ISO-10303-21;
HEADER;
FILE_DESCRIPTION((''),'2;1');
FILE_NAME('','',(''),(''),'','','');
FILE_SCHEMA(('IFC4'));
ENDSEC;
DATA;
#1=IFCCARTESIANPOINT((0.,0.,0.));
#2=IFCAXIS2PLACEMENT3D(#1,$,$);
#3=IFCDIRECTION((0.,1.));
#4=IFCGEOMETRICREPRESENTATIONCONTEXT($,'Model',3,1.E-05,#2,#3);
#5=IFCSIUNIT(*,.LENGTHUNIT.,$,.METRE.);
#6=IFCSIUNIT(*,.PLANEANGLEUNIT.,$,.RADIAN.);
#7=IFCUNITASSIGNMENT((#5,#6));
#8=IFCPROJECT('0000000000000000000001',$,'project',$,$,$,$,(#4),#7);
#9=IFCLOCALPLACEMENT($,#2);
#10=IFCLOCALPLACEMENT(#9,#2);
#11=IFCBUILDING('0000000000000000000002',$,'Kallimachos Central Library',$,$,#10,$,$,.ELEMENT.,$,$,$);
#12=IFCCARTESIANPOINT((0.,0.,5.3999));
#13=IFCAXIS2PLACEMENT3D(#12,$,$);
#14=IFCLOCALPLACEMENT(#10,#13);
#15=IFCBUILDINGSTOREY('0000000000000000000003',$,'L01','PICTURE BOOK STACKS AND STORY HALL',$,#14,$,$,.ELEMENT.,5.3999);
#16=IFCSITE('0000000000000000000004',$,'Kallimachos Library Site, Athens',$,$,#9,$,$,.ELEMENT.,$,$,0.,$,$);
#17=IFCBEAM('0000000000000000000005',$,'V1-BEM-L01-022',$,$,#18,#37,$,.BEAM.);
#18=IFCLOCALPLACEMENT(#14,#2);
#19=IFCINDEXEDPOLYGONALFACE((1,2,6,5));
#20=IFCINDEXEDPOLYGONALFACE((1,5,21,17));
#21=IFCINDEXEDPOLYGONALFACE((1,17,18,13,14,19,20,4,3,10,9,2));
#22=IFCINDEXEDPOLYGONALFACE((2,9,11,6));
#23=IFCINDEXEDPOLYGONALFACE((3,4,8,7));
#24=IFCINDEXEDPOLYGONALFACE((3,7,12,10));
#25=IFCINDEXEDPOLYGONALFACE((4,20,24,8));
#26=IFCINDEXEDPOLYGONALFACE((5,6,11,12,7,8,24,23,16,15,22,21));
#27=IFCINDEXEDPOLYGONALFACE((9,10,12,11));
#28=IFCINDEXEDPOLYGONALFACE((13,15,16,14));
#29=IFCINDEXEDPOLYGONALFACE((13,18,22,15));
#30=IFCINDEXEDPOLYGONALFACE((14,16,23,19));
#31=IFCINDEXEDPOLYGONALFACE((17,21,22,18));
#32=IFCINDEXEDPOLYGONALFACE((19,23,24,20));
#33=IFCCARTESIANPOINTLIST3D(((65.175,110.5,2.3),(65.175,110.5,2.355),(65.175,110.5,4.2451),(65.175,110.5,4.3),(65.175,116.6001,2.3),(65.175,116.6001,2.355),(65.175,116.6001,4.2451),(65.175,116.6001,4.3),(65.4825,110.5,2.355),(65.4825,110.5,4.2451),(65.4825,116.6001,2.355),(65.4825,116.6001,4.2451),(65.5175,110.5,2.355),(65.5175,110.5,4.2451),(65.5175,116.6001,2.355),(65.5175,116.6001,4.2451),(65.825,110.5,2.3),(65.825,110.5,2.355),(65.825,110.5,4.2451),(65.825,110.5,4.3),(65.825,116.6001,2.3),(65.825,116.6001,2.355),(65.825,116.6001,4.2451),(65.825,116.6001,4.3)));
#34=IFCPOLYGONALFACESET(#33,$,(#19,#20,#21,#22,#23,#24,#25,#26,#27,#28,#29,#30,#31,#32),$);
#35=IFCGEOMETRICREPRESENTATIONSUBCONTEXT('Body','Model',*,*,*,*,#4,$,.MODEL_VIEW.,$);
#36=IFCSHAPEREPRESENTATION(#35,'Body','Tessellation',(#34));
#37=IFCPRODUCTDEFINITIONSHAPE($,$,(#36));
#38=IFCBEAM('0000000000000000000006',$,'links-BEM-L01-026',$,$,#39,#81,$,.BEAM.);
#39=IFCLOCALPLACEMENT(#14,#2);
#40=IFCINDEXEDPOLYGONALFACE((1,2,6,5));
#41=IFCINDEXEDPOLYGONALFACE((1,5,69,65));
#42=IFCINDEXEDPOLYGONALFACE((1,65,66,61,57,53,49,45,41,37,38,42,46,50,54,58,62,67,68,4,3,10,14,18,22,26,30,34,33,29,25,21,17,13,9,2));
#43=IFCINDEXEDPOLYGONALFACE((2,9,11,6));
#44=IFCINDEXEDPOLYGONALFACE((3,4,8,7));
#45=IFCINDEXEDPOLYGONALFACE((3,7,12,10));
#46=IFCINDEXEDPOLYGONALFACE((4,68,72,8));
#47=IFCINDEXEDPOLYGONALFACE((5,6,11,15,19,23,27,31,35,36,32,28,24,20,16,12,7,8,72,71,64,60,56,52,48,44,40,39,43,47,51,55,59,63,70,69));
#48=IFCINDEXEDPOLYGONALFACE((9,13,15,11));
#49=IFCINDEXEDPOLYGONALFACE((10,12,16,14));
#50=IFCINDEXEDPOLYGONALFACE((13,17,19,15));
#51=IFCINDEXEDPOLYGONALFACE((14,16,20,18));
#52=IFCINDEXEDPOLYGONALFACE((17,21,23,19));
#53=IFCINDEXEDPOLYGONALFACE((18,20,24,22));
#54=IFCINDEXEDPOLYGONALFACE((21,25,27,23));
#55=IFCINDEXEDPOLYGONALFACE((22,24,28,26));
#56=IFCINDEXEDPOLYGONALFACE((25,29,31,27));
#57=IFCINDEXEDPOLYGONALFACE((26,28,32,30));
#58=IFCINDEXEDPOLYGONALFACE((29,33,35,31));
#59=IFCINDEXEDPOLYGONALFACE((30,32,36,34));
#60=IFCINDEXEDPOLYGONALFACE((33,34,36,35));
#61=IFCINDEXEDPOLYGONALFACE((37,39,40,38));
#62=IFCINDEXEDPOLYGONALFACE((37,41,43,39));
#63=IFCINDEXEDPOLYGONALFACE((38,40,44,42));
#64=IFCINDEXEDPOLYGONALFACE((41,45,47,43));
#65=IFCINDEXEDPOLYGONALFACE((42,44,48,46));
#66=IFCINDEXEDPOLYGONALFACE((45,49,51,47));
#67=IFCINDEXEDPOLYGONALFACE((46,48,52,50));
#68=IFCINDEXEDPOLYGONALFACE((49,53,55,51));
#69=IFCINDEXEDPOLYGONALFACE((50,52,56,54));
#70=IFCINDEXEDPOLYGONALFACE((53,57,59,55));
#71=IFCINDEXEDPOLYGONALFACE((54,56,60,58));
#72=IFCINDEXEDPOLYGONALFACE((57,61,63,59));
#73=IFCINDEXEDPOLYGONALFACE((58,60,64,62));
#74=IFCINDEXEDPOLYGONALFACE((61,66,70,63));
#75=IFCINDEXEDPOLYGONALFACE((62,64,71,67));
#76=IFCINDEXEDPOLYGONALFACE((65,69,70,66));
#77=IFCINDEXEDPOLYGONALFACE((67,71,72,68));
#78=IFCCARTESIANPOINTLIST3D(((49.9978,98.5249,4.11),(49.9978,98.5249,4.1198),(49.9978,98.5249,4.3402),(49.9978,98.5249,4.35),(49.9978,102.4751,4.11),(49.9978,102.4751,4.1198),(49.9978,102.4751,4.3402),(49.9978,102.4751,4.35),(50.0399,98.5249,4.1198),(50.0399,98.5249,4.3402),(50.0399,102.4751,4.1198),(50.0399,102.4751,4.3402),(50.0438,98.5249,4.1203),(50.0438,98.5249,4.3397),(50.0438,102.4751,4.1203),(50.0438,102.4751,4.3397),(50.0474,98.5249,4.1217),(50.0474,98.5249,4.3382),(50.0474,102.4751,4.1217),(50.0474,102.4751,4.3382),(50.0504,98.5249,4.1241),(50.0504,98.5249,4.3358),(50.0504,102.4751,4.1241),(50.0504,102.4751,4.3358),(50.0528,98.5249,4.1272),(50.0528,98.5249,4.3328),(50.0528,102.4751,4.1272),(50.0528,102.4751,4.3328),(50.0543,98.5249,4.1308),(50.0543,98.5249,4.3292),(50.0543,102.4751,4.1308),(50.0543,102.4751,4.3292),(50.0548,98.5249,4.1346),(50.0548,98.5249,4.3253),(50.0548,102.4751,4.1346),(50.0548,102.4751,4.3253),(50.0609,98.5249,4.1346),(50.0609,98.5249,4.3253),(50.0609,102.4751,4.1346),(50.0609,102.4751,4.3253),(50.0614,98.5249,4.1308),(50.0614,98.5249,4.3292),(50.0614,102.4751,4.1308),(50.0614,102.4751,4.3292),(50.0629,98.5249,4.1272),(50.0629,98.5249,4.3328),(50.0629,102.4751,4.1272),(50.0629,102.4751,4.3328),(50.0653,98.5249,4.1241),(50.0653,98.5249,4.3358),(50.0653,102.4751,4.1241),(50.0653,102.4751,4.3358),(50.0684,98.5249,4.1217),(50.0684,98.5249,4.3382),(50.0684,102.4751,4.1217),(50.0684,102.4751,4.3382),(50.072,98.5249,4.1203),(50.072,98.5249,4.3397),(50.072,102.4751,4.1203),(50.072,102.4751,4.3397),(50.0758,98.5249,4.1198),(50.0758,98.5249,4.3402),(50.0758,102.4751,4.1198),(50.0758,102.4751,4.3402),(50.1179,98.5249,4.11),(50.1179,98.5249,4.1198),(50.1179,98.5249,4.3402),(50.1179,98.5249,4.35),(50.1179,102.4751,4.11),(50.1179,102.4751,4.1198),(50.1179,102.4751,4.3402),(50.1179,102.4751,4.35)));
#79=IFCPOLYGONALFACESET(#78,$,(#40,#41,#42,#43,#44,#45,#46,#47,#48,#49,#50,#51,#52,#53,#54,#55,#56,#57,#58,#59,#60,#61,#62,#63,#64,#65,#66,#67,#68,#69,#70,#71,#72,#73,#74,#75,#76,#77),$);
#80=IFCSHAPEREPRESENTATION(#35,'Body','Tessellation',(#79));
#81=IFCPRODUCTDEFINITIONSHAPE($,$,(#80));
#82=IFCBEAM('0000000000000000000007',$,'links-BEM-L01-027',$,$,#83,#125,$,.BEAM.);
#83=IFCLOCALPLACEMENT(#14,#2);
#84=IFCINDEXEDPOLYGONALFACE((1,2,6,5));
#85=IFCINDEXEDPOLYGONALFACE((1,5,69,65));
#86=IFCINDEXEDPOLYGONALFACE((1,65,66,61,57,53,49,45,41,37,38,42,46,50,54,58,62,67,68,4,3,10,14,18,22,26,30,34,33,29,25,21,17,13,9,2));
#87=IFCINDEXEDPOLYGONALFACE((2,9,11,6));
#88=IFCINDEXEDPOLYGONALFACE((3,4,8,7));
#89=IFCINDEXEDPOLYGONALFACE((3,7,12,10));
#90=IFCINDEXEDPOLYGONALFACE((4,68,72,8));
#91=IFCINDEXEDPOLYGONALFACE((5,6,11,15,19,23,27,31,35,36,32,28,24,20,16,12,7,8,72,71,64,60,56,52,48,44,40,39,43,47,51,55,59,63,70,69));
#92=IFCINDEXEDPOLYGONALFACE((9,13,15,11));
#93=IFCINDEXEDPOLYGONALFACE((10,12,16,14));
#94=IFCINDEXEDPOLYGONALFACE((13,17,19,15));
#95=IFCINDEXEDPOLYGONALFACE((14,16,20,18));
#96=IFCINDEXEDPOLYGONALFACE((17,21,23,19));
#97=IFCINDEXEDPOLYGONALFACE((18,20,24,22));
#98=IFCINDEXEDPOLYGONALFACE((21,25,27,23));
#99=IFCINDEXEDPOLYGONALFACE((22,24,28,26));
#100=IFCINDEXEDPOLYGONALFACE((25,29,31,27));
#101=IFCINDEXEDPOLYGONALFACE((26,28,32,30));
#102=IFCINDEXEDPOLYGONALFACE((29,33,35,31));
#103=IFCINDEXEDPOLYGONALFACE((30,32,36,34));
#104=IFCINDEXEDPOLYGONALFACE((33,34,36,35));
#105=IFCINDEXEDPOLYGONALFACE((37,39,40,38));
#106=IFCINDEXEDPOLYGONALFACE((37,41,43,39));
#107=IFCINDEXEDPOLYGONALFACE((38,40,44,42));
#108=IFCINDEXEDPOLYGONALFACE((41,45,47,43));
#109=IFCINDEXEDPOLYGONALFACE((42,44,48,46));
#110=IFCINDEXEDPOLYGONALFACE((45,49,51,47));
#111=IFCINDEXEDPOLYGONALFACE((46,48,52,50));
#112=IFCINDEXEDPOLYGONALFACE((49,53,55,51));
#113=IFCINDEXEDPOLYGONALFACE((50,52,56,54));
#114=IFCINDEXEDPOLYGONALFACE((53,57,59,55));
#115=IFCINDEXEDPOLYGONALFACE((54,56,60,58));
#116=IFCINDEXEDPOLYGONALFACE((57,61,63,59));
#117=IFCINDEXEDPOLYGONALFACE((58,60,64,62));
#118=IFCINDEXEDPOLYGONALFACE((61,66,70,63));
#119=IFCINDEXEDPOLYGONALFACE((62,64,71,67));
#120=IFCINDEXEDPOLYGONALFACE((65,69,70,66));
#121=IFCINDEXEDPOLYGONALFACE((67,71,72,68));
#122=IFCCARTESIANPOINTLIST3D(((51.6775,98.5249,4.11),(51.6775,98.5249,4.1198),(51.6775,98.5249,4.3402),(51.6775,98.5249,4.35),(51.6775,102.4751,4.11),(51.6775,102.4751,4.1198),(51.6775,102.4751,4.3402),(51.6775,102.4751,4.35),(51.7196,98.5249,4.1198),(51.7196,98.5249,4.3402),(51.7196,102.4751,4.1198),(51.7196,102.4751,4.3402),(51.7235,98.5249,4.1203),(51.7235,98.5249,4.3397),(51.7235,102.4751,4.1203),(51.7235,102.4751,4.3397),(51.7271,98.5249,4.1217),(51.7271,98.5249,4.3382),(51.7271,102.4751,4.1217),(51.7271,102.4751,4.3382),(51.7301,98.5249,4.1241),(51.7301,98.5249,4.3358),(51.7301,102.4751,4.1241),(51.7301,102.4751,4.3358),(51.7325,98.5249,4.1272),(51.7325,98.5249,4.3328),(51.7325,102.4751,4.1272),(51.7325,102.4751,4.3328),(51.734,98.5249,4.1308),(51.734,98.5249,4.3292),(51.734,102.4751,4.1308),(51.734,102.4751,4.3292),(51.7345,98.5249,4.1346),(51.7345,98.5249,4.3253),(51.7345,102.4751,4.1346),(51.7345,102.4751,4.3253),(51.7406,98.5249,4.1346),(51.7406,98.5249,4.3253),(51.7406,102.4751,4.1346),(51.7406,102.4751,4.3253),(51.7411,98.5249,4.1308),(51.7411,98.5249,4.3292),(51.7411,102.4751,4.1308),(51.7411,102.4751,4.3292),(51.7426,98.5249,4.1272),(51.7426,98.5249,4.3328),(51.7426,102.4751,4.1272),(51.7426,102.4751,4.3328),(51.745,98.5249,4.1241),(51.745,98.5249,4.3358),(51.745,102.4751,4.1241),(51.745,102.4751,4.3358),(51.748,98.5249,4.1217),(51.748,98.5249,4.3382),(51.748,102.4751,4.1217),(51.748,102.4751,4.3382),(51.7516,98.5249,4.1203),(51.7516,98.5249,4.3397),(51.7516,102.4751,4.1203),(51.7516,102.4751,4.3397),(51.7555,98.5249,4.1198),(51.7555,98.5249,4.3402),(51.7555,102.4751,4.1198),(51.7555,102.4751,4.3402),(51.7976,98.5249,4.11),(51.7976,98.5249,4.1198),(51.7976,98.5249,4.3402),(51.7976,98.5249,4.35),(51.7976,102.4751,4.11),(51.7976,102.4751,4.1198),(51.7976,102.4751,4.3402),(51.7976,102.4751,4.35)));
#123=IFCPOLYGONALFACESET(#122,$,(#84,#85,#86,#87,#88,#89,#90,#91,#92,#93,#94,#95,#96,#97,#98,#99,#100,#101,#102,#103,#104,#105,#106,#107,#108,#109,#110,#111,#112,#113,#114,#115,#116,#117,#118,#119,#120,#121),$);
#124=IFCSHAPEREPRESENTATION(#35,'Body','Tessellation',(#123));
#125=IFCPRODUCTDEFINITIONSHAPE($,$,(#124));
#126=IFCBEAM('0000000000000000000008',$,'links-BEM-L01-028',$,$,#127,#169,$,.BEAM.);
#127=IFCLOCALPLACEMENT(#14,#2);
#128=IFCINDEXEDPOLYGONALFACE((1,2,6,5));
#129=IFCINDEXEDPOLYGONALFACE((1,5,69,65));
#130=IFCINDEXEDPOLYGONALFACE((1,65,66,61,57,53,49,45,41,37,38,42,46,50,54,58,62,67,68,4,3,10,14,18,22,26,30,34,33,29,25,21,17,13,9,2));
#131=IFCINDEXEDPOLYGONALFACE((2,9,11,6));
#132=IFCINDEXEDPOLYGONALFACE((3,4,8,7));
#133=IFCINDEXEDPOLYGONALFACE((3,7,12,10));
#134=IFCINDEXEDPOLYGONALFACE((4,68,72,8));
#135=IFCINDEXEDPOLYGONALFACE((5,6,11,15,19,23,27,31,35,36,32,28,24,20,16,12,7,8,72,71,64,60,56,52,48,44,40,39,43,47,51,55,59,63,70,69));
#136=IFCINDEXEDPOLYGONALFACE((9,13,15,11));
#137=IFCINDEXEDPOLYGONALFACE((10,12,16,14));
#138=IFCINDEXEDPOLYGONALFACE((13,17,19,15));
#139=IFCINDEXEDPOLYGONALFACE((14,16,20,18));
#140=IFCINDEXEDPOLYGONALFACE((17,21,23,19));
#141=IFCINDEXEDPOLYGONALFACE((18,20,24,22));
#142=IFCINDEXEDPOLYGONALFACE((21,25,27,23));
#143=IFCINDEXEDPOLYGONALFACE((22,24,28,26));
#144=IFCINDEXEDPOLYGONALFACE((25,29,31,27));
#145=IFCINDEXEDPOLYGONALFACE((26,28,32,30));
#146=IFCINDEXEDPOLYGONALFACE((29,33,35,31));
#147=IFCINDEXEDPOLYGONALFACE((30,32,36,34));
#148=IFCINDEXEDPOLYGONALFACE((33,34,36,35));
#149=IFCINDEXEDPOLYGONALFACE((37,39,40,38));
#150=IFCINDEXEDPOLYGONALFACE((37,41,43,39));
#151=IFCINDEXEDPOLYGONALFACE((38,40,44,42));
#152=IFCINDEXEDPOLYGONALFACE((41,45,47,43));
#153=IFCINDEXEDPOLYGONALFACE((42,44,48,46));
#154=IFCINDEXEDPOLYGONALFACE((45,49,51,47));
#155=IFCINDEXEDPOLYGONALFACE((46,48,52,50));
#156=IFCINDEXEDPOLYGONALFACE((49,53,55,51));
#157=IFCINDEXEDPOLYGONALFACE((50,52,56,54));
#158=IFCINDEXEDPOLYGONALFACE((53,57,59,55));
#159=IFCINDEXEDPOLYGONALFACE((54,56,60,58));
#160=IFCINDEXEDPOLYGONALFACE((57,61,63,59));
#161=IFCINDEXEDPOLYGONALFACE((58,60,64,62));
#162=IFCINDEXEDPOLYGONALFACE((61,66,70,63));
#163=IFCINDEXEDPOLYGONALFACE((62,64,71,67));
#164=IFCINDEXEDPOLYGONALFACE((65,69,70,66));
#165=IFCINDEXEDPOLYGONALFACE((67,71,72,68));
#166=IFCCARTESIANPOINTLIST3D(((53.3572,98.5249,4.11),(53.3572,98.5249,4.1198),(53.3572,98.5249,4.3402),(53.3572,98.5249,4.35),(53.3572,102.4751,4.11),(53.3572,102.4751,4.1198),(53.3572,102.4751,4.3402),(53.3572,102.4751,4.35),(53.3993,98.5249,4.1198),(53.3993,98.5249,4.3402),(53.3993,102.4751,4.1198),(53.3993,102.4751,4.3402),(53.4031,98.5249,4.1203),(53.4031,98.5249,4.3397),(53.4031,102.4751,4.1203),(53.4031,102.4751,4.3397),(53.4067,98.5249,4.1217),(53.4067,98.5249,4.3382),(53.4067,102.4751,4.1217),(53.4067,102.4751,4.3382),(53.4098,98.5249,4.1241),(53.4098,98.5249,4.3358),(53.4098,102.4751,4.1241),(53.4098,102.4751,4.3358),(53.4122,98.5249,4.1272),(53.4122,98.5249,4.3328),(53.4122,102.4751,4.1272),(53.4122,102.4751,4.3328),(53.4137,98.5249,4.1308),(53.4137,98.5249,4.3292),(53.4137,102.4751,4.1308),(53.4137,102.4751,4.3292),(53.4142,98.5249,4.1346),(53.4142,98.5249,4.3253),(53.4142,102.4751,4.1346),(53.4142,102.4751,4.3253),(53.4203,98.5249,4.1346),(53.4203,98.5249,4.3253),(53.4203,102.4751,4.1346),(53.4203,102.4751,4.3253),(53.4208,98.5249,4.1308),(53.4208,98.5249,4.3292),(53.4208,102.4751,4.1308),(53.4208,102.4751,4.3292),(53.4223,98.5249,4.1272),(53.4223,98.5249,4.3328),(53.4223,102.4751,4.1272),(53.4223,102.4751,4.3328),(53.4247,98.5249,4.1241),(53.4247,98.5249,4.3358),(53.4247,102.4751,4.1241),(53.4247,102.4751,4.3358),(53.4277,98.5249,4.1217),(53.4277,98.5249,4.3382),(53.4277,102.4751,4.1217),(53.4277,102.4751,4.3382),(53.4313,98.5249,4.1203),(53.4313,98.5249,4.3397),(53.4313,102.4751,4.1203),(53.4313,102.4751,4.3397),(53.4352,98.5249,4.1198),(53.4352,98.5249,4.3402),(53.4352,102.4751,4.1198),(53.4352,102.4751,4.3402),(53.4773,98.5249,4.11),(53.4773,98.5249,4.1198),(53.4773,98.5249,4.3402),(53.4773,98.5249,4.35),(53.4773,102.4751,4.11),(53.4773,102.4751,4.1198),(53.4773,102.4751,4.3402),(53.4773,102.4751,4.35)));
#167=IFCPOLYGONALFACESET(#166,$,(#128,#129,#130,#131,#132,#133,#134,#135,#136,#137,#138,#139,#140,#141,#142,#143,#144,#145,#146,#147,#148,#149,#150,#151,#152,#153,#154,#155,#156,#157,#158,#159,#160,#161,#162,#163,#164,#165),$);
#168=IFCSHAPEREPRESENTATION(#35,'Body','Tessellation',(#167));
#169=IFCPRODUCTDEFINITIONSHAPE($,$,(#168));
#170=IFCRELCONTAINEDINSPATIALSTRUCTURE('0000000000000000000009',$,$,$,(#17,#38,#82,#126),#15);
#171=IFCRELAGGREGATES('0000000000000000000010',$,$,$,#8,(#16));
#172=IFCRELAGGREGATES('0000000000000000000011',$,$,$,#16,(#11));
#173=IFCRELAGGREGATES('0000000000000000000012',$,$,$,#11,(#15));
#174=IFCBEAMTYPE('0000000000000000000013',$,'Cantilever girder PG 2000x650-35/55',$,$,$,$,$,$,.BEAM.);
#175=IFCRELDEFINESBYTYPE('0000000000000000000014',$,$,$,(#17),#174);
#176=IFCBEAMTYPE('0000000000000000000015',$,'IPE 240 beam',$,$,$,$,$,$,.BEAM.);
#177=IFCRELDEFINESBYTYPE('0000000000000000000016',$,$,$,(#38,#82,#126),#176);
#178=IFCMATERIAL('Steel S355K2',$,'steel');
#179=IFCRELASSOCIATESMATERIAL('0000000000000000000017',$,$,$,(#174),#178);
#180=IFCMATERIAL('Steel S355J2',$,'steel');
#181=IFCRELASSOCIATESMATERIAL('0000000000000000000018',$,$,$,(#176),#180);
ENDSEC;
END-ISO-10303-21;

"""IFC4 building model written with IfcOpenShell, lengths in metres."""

from ifc_helpers import new_model, si_unit, direction, frame, origin, origin_2d, place, context, subcontext, project, spatial, i_section, extrude, material, material_profile, profile_set, type_object, element, save


model = new_model("IFC4")

# Units and contexts
model_context = context("Model", 3, precision=1e-05, world=origin(), true_north=direction((0.0, 1.0)))
body_context = subcontext(model_context, "Body", "Model", "MODEL_VIEW")
ifc_project = project(units=[si_unit("LENGTHUNIT", "METRE"), si_unit("PLANEANGLEUNIT", "RADIAN")], contexts=[model_context])

# Site, building, storey
site_placement = place(None, origin())
site = spatial("IfcSite", under=ifc_project, at=site_placement, Name="Kallimachos Library Site, Athens", CompositionType="ELEMENT", RefElevation=0.0)
building_placement = place(site_placement, origin())
building = spatial("IfcBuilding", under=site, at=building_placement, Name="Kallimachos Central Library", CompositionType="ELEMENT")
storey_placement = place(building_placement, frame((0.0, 0.0, 5.3999)))
storey = spatial("IfcBuildingStorey", under=building, at=storey_placement, Name="L01", Description="PICTURE BOOK STACKS AND STORY HALL", CompositionType="ELEMENT", Elevation=5.3999)

# Beams
ifc_material_1 = material(Name="Steel S355K2", Category="steel")
ifc_material_profile_1 = material_profile(ifc_material_1, i_section(OverallWidth=0.6499, OverallDepth=2.0, WebThickness=0.0349, FlangeThickness=0.0549, at=origin_2d()), Name="PG 2000x650-35/55")
ifc_profile_set_1 = profile_set([ifc_material_profile_1], Name="Steel S355K2")
beam_type_1 = type_object("IfcBeamType", Name="Cantilever girder PG 2000x650-35/55", PredefinedType="BEAM", material=ifc_profile_set_1)
beam_placement = place(storey_placement, frame((65.5, 110.5, 3.3), z_axis=(0.0, 1.0, 0.0), x_axis=(-1.0, 0.0, 0.0)))
element("IfcBeam", 1, at=beam_placement, inside=storey, type_object=beam_type_1, Name="V1-BEM-L01-022", PredefinedType="BEAM", context=body_context, shape_type="SweptSolid", body=[
    extrude(i_section(OverallWidth=0.6499, OverallDepth=2.0, WebThickness=0.0349, FlangeThickness=0.0549, at=origin_2d()), origin(), (0.0, 0.0, 1.0), 6.1001),
])
ifc_material_2 = material(Name="Steel S355J2", Category="steel")
ifc_material_profile_2 = material_profile(ifc_material_2, i_section(OverallWidth=0.1201, OverallDepth=0.24, WebThickness=0.0061, FlangeThickness=0.0098, FilletRadius=0.0149, at=origin_2d()), Name="IPE 240")
ifc_profile_set_2 = profile_set([ifc_material_profile_2], Name="Steel S355J2")
beam_type_2 = type_object("IfcBeamType", Name="IPE 240 beam", PredefinedType="BEAM", material=ifc_profile_set_2)
for number, where, z_axis, x_axis, name in (
    (2, (50.0579, 98.5249, 4.23), (0.0, 1.0, 0.0), (-1.0, 0.0, 0.0), "links-BEM-L01-026"),
    (3, (51.7375, 98.5249, 4.23), (0.0, 1.0, 0.0), (-1.0, 0.0, 0.0), "links-BEM-L01-027"),
    (4, (53.4172, 98.5249, 4.23), (0.0, 1.0, 0.0), (-1.0, 0.0, 0.0), "links-BEM-L01-028"),
):
    element("IfcBeam", number, at=place(storey_placement, frame(where, z_axis=z_axis, x_axis=x_axis)), inside=storey, type_object=beam_type_2, Name=name, PredefinedType="BEAM", context=body_context, shape_type="SweptSolid", body=[
        extrude(i_section(OverallWidth=0.1201, OverallDepth=0.24, WebThickness=0.0061, FlangeThickness=0.0098, FilletRadius=0.0149, at=origin_2d()), origin(), (0.0, 0.0, 1.0), 3.9502),
    ])

save(model, "model.ifc")
